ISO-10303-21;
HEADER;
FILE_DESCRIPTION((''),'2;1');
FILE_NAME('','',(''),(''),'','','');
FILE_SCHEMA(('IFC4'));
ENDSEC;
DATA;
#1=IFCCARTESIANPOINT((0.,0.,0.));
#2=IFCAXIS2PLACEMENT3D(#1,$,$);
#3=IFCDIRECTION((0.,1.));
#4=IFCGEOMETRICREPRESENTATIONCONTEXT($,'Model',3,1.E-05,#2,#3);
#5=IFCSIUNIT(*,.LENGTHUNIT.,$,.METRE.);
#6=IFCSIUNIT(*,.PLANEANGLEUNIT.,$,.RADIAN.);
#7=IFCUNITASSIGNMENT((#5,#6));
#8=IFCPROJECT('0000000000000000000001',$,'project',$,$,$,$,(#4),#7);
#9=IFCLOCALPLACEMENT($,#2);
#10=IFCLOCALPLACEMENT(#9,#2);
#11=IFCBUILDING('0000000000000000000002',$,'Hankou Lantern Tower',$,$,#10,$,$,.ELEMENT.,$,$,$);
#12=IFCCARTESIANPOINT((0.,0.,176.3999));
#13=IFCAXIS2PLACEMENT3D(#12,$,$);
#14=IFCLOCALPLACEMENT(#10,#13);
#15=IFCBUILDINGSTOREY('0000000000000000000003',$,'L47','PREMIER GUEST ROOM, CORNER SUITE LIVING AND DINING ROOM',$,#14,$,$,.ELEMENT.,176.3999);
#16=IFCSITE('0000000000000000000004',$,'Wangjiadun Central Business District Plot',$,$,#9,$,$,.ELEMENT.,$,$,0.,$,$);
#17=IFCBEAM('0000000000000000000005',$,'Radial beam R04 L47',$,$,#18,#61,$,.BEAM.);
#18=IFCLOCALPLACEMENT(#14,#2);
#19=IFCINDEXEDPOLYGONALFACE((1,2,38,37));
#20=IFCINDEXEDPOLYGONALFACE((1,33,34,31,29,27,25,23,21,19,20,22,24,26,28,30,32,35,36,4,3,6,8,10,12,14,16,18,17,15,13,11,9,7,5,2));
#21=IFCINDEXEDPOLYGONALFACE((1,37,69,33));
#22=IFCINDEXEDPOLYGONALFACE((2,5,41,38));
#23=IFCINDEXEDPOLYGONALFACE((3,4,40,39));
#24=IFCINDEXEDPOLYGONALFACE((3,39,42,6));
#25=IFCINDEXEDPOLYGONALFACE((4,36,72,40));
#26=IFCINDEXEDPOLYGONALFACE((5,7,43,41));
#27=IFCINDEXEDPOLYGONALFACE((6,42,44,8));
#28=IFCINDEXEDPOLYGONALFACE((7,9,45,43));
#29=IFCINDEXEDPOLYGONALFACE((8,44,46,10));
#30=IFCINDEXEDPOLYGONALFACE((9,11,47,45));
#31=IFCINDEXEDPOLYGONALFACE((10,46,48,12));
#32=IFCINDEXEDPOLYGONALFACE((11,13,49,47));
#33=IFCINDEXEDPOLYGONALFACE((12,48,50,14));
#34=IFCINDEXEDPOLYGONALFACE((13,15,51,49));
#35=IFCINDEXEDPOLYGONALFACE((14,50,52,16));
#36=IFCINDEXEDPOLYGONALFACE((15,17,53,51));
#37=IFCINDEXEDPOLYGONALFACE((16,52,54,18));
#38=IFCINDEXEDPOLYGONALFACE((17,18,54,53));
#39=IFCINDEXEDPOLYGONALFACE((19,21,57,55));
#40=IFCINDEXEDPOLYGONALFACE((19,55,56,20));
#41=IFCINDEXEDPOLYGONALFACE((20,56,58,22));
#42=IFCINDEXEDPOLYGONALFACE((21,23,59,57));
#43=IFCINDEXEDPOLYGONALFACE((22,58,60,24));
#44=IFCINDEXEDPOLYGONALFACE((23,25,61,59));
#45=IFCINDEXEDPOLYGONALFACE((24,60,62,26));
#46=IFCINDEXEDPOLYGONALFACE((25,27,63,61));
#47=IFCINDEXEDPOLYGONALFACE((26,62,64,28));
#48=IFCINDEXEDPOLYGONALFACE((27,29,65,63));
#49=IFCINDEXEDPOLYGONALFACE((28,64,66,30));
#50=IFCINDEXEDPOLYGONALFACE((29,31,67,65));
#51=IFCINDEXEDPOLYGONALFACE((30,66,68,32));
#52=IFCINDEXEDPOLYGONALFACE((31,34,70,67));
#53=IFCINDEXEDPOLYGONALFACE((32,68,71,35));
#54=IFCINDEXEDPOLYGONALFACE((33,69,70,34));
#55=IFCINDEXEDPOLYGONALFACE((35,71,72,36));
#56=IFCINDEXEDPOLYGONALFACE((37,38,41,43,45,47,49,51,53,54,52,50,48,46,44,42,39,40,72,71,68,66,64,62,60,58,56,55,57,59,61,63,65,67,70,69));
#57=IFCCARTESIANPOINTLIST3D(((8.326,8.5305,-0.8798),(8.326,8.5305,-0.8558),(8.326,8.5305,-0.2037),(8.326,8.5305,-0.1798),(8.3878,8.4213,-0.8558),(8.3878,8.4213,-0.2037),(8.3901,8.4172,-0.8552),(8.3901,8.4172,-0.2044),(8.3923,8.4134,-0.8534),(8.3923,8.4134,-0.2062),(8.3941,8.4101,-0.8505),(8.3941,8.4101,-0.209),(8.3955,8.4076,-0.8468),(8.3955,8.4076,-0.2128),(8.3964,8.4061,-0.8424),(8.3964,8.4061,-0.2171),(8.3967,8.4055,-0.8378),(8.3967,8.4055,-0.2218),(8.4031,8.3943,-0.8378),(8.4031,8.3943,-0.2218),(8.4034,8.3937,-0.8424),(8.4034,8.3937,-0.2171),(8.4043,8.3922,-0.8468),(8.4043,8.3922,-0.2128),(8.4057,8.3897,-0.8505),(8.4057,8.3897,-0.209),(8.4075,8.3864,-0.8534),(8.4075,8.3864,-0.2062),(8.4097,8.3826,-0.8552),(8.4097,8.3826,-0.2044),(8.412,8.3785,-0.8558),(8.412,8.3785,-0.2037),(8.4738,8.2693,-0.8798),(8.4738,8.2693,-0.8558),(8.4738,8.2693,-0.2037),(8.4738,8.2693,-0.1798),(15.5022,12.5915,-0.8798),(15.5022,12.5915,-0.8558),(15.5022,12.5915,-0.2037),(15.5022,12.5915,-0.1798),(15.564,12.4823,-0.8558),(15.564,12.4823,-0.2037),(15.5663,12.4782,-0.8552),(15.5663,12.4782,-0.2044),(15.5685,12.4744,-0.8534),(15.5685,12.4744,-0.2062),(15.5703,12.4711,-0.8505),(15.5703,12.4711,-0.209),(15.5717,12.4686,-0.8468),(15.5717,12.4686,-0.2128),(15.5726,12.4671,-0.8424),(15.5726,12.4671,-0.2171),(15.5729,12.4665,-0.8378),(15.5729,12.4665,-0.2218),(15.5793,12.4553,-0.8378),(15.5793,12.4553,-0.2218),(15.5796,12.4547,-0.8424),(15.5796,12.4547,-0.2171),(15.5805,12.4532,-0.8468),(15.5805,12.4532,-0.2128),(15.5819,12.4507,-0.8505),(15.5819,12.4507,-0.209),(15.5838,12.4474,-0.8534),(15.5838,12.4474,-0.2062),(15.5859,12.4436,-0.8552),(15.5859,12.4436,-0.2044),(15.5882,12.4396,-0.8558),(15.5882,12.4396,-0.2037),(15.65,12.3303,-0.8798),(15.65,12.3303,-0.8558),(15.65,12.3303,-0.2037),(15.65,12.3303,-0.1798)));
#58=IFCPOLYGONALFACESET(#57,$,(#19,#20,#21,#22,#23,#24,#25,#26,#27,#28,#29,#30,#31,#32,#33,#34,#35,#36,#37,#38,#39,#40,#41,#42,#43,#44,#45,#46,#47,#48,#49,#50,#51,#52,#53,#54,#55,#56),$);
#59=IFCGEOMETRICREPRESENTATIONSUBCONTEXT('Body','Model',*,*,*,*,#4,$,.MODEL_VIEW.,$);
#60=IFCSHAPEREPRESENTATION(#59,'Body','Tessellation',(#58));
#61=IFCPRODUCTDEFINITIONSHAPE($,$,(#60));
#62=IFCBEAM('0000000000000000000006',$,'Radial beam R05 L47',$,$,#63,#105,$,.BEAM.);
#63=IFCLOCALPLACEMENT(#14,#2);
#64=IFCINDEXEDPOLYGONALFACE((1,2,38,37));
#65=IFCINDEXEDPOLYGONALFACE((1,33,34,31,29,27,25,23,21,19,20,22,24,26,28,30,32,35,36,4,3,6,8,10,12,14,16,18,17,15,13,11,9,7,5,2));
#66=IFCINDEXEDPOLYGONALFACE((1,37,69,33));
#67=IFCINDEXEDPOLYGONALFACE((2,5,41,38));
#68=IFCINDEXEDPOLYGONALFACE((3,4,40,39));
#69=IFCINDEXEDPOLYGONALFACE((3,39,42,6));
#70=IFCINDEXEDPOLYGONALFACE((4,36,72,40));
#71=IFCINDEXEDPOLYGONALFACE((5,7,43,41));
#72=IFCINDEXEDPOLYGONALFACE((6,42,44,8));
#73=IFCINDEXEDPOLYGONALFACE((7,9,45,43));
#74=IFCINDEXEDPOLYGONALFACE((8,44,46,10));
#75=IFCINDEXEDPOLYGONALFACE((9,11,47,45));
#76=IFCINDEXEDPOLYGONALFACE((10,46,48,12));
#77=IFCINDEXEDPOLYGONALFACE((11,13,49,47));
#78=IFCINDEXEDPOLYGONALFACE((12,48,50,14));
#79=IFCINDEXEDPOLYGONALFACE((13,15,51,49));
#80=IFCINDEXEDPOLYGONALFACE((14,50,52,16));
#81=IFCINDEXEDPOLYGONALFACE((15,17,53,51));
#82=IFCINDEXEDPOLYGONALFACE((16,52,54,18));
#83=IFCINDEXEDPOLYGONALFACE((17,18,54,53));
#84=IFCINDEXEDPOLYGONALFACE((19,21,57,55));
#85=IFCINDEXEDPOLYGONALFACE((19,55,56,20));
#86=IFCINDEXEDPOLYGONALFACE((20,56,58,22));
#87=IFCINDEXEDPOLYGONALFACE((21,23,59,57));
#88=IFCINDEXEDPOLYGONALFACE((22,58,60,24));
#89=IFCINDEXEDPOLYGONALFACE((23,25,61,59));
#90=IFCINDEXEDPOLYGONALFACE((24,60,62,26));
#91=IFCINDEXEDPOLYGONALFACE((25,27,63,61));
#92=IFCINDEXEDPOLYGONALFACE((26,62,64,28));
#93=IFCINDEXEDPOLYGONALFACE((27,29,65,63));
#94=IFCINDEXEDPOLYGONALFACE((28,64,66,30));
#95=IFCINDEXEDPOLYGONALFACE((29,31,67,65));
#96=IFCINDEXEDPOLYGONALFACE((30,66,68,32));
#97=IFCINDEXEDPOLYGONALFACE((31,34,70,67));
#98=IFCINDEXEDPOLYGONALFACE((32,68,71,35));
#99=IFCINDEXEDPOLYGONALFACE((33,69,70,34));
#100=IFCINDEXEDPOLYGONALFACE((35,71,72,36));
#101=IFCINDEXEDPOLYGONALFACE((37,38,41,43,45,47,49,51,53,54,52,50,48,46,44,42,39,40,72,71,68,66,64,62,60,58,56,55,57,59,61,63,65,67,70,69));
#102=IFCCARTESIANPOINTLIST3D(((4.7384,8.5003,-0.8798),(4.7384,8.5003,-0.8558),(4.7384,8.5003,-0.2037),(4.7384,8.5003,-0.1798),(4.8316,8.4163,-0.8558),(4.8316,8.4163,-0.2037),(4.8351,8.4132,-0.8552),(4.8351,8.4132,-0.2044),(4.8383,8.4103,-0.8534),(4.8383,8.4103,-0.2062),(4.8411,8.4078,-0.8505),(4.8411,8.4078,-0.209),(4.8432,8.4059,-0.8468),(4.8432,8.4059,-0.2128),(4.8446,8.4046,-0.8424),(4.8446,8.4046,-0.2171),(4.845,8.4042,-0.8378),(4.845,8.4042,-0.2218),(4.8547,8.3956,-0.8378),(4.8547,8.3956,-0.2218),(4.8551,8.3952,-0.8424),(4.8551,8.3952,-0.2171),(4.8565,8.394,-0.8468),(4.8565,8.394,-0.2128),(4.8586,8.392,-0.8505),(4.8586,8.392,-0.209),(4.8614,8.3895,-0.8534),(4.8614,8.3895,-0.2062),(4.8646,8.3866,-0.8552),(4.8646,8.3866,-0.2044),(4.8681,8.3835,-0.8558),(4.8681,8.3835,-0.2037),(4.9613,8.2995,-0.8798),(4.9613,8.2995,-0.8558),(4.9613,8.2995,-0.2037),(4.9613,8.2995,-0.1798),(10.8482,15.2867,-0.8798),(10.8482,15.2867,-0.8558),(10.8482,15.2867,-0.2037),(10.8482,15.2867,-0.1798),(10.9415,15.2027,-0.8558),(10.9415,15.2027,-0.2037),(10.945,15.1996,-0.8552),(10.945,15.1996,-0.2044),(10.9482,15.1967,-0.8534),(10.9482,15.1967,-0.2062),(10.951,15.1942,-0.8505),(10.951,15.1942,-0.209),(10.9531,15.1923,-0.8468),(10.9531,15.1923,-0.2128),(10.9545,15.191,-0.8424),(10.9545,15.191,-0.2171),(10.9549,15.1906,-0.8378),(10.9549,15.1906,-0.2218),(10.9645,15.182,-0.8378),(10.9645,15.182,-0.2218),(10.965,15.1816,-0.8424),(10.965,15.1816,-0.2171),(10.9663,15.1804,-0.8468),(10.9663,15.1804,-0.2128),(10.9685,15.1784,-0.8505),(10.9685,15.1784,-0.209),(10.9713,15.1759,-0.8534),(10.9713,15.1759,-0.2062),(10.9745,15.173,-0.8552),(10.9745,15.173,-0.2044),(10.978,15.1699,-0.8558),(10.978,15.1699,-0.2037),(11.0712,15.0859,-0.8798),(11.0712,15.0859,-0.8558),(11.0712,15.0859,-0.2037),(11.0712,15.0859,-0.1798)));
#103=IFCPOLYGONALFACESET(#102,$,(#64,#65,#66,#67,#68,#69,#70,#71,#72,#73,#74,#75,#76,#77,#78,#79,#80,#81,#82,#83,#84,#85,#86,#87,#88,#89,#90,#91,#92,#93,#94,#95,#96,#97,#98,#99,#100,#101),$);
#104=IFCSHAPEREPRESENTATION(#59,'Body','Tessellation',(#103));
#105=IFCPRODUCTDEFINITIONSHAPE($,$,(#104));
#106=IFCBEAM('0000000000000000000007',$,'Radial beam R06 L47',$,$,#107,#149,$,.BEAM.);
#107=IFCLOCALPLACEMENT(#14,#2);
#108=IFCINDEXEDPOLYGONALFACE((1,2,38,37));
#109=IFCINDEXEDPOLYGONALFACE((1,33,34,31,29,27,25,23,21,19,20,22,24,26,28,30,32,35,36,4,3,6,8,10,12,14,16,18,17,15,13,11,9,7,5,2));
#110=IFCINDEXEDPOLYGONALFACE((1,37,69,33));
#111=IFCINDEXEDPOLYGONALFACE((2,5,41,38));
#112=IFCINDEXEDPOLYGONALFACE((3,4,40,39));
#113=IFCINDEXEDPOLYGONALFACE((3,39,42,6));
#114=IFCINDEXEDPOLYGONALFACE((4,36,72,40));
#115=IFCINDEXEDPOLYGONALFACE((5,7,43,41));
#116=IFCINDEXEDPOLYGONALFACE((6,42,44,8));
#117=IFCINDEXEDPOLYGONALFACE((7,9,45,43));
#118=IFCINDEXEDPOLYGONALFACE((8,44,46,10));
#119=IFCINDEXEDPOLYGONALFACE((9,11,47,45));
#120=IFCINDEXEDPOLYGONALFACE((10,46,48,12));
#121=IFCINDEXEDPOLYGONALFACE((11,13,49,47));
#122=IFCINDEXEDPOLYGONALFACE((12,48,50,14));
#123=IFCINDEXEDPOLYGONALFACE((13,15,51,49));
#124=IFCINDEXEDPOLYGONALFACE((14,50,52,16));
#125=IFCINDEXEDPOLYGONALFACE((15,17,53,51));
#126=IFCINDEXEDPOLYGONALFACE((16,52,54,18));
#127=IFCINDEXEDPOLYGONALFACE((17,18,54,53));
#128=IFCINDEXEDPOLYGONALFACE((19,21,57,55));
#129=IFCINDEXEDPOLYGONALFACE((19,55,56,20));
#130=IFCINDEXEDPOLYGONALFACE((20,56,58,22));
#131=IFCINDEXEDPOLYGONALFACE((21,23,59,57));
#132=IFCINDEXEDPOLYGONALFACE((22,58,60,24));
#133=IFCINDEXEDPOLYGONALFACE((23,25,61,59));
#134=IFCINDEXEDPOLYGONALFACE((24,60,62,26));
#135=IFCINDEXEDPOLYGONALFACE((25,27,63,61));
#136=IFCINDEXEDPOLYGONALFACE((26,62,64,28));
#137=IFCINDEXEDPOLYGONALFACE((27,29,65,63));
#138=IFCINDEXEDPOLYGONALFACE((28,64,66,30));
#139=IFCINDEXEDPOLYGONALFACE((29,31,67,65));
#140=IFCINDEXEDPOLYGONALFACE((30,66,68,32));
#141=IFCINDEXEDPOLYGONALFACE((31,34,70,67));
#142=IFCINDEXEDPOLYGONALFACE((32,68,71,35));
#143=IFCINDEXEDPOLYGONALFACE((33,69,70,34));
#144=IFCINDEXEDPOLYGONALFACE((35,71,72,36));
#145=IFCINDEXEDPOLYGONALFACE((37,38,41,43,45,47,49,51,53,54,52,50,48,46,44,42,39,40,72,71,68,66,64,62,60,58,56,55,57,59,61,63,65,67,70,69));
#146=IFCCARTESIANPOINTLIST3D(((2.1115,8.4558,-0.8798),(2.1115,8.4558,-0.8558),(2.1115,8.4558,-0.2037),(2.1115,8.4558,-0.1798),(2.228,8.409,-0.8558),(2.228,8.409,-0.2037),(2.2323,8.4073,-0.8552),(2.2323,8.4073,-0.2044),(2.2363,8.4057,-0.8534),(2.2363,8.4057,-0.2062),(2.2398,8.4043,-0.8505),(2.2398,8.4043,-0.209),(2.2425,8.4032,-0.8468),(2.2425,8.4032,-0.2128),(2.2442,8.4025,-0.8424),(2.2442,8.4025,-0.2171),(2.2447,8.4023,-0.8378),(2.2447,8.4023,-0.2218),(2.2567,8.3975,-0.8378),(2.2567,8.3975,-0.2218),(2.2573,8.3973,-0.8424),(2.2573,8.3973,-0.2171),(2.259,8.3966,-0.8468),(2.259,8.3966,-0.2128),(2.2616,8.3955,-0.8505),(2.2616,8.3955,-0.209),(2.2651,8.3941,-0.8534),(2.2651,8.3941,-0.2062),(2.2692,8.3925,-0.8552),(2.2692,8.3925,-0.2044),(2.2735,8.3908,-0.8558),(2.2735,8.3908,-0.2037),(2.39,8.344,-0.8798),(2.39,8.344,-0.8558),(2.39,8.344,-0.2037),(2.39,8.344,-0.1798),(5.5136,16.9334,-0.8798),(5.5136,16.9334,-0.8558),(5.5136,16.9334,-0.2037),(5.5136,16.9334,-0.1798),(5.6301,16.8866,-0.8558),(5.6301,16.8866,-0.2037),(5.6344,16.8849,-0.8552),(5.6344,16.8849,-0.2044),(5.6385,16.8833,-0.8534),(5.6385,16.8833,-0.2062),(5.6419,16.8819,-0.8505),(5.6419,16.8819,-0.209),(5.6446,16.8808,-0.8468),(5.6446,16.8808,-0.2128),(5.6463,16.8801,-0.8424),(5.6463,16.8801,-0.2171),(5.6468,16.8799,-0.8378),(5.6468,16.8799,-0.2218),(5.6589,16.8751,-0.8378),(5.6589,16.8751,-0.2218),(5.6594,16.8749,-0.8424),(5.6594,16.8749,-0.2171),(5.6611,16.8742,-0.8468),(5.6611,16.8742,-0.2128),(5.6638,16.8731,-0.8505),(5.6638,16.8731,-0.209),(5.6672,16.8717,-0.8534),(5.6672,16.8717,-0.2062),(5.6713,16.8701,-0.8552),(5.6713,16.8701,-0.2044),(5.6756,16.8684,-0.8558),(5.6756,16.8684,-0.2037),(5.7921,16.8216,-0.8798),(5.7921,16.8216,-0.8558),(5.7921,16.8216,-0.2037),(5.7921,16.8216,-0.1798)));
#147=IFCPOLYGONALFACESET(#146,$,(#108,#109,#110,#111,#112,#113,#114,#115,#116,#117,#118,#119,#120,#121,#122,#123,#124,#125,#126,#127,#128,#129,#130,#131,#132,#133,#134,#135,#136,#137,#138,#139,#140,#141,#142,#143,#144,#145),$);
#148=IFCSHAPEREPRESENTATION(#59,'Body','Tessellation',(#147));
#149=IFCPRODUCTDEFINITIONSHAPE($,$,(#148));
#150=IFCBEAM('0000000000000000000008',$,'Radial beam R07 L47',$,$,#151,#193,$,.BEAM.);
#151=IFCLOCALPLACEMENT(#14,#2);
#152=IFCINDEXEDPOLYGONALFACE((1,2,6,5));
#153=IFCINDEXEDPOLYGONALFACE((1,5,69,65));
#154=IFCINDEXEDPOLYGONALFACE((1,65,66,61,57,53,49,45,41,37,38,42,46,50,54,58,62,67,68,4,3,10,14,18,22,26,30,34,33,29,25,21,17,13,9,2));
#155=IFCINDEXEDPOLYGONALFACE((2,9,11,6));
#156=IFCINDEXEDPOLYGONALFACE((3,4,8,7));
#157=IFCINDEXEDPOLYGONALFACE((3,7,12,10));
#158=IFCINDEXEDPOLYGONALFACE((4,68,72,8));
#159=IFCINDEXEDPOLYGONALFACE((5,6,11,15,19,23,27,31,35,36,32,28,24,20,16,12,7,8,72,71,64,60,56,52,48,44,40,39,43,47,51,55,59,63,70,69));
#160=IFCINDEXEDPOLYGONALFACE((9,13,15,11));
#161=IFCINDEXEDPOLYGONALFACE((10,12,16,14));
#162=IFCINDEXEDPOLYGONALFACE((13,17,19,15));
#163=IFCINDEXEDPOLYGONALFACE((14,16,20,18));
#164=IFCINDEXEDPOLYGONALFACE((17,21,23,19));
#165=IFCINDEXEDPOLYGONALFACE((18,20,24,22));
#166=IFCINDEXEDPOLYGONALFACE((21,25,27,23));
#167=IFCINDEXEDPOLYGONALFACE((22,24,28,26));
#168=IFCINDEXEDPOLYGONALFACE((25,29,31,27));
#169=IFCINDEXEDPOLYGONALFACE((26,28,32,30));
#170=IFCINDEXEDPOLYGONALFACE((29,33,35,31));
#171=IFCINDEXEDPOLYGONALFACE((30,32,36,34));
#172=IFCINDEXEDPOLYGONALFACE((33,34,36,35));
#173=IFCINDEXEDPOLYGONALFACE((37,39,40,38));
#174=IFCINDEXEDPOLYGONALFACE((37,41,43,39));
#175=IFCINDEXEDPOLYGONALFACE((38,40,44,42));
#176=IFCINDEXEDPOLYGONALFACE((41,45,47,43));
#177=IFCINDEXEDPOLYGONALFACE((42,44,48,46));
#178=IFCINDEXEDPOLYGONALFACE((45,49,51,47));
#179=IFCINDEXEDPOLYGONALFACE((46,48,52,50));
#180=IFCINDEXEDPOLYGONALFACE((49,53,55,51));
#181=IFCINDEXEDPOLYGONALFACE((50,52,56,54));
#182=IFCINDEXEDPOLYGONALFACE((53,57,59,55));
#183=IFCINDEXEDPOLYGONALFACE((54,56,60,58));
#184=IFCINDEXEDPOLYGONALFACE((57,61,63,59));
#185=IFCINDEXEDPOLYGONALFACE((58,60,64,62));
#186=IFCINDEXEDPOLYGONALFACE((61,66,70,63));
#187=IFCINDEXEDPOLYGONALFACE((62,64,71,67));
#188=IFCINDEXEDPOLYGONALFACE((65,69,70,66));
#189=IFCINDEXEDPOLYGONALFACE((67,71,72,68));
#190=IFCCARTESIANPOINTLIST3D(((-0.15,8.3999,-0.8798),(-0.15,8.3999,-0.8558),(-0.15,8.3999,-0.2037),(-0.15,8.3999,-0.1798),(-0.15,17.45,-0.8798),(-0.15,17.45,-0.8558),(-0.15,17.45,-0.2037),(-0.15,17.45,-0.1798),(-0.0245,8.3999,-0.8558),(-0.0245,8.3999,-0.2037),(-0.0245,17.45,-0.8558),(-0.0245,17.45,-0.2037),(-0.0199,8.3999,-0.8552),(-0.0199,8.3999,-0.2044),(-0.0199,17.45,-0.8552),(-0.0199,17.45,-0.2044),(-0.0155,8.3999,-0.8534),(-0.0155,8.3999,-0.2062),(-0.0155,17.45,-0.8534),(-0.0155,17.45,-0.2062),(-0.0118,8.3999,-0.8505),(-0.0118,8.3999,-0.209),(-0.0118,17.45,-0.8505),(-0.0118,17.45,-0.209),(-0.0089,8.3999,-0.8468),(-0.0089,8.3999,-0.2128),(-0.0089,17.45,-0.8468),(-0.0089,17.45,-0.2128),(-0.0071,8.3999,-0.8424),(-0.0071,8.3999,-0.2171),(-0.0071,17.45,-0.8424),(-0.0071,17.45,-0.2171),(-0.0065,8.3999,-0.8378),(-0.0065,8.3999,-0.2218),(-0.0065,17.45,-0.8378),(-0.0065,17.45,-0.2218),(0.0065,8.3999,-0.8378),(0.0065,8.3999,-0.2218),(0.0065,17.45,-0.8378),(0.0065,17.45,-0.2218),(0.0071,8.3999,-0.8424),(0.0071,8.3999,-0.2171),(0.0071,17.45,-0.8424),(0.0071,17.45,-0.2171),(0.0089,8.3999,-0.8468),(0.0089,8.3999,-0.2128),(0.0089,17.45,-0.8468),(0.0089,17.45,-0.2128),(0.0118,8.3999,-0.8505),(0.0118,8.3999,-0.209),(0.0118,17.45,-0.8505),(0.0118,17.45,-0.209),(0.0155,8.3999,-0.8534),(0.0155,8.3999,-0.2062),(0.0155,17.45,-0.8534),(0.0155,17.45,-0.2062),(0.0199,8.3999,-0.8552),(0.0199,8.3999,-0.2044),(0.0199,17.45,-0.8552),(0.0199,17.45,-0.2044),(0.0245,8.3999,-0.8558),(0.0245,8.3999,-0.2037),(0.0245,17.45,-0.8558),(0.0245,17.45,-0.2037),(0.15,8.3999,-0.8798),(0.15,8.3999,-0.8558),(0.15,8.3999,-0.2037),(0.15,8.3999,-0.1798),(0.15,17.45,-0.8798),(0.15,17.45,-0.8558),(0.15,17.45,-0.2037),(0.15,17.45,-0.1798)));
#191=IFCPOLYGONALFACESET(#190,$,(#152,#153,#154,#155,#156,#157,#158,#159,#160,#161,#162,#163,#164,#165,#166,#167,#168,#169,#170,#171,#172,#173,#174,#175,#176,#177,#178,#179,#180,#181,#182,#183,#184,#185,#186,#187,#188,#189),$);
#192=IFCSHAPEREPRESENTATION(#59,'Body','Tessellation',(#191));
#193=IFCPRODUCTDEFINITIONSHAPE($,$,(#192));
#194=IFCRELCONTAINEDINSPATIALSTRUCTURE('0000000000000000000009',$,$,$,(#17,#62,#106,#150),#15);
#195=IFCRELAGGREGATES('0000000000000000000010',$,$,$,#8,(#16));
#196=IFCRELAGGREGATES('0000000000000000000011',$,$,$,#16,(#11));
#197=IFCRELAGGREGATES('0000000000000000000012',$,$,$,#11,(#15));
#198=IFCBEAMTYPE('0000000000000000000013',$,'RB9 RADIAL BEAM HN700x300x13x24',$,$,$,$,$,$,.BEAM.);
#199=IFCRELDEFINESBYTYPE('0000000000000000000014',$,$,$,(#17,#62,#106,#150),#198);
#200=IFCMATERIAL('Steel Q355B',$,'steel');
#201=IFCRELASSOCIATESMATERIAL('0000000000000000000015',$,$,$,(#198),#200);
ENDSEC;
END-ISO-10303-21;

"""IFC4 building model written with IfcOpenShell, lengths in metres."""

from ifc_helpers import new_model, si_unit, direction, frame, origin, origin_2d, place, context, subcontext, project, spatial, i_section, extrude, material, material_profile, profile_set, type_object, element, save


model = new_model("IFC4")

# Units and contexts
model_context = context("Model", 3, precision=1e-05, world=origin(), true_north=direction((0.0, 1.0)))
body_context = subcontext(model_context, "Body", "Model", "MODEL_VIEW")
ifc_project = project(units=[si_unit("LENGTHUNIT", "METRE"), si_unit("PLANEANGLEUNIT", "RADIAN")], contexts=[model_context])

# Site, building, storey
site_placement = place(None, origin())
site = spatial("IfcSite", under=ifc_project, at=site_placement, Name="Wangjiadun Central Business District Plot", CompositionType="ELEMENT", RefElevation=0.0)
building_placement = place(site_placement, origin())
building = spatial("IfcBuilding", under=site, at=building_placement, Name="Hankou Lantern Tower", CompositionType="ELEMENT")
storey_placement = place(building_placement, frame((0.0, 0.0, 176.3999)))
storey = spatial("IfcBuildingStorey", under=building, at=storey_placement, Name="L47", Description="PREMIER GUEST ROOM, CORNER SUITE LIVING AND DINING ROOM", CompositionType="ELEMENT", Elevation=176.3999)

# Beams
ifc_material_1 = material(Name="Steel Q355B", Category="steel")
ifc_material_profile_1 = material_profile(ifc_material_1, i_section(OverallWidth=0.3, OverallDepth=0.7, WebThickness=0.0129, FlangeThickness=0.0239, FilletRadius=0.0181, at=origin_2d()), Name="HN700x300x13x24")
ifc_profile_set_1 = profile_set([ifc_material_profile_1], Name="Steel Q355B")
beam_type_1 = type_object("IfcBeamType", Name="RB9 RADIAL BEAM HN700x300x13x24", PredefinedType="BEAM", material=ifc_profile_set_1)
beam_1_placement = place(storey_placement, frame((8.3999, 8.3999, -0.5298), z_axis=(0.870309, 0.492506, 0.0), x_axis=(-0.492506, 0.870309, 0.0)))
element("IfcBeam", 1, at=beam_1_placement, inside=storey, type_object=beam_type_1, Name="Radial beam R04 L47", PredefinedType="BEAM", context=body_context, shape_type="SweptSolid", body=[
    extrude(i_section(OverallWidth=0.3, OverallDepth=0.7, WebThickness=0.0129, FlangeThickness=0.0239, FilletRadius=0.0181, at=origin_2d()), origin(), (0.0, 0.0, 1.0), 8.2456),
])
beam_2_placement = place(storey_placement, frame((4.8499, 8.3999, -0.5298), z_axis=(0.669093, 0.743178, 0.0), x_axis=(-0.743178, 0.669093, 0.0)))
element("IfcBeam", 2, at=beam_2_placement, inside=storey, type_object=beam_type_1, Name="Radial beam R05 L47", PredefinedType="BEAM", context=body_context, shape_type="SweptSolid", body=[
    extrude(i_section(OverallWidth=0.3, OverallDepth=0.7, WebThickness=0.0129, FlangeThickness=0.0239, FilletRadius=0.0181, at=origin_2d()), origin(), (0.0, 0.0, 1.0), 9.1316),
])
beam_3_placement = place(storey_placement, frame((2.2507, 8.3999, -0.5298), z_axis=(0.372436, 0.928058, 0.0), x_axis=(-0.928058, 0.372436, 0.0)))
element("IfcBeam", 3, at=beam_3_placement, inside=storey, type_object=beam_type_1, Name="Radial beam R06 L47", PredefinedType="BEAM", context=body_context, shape_type="SweptSolid", body=[
    extrude(i_section(OverallWidth=0.3, OverallDepth=0.7, WebThickness=0.0129, FlangeThickness=0.0239, FilletRadius=0.0181, at=origin_2d()), origin(), (0.0, 0.0, 1.0), 9.1348),
])
beam_4_placement = place(storey_placement, frame((0.0, 8.3999, -0.5298), z_axis=(0.0, 1.0, 0.0), x_axis=(-1.0, 0.0, 0.0)))
element("IfcBeam", 4, at=beam_4_placement, inside=storey, type_object=beam_type_1, Name="Radial beam R07 L47", PredefinedType="BEAM", context=body_context, shape_type="SweptSolid", body=[
    extrude(i_section(OverallWidth=0.3, OverallDepth=0.7, WebThickness=0.0129, FlangeThickness=0.0239, FilletRadius=0.0181, at=origin_2d()), origin(), (0.0, 0.0, 1.0), 9.05),
])

save(model, "model.ifc")
